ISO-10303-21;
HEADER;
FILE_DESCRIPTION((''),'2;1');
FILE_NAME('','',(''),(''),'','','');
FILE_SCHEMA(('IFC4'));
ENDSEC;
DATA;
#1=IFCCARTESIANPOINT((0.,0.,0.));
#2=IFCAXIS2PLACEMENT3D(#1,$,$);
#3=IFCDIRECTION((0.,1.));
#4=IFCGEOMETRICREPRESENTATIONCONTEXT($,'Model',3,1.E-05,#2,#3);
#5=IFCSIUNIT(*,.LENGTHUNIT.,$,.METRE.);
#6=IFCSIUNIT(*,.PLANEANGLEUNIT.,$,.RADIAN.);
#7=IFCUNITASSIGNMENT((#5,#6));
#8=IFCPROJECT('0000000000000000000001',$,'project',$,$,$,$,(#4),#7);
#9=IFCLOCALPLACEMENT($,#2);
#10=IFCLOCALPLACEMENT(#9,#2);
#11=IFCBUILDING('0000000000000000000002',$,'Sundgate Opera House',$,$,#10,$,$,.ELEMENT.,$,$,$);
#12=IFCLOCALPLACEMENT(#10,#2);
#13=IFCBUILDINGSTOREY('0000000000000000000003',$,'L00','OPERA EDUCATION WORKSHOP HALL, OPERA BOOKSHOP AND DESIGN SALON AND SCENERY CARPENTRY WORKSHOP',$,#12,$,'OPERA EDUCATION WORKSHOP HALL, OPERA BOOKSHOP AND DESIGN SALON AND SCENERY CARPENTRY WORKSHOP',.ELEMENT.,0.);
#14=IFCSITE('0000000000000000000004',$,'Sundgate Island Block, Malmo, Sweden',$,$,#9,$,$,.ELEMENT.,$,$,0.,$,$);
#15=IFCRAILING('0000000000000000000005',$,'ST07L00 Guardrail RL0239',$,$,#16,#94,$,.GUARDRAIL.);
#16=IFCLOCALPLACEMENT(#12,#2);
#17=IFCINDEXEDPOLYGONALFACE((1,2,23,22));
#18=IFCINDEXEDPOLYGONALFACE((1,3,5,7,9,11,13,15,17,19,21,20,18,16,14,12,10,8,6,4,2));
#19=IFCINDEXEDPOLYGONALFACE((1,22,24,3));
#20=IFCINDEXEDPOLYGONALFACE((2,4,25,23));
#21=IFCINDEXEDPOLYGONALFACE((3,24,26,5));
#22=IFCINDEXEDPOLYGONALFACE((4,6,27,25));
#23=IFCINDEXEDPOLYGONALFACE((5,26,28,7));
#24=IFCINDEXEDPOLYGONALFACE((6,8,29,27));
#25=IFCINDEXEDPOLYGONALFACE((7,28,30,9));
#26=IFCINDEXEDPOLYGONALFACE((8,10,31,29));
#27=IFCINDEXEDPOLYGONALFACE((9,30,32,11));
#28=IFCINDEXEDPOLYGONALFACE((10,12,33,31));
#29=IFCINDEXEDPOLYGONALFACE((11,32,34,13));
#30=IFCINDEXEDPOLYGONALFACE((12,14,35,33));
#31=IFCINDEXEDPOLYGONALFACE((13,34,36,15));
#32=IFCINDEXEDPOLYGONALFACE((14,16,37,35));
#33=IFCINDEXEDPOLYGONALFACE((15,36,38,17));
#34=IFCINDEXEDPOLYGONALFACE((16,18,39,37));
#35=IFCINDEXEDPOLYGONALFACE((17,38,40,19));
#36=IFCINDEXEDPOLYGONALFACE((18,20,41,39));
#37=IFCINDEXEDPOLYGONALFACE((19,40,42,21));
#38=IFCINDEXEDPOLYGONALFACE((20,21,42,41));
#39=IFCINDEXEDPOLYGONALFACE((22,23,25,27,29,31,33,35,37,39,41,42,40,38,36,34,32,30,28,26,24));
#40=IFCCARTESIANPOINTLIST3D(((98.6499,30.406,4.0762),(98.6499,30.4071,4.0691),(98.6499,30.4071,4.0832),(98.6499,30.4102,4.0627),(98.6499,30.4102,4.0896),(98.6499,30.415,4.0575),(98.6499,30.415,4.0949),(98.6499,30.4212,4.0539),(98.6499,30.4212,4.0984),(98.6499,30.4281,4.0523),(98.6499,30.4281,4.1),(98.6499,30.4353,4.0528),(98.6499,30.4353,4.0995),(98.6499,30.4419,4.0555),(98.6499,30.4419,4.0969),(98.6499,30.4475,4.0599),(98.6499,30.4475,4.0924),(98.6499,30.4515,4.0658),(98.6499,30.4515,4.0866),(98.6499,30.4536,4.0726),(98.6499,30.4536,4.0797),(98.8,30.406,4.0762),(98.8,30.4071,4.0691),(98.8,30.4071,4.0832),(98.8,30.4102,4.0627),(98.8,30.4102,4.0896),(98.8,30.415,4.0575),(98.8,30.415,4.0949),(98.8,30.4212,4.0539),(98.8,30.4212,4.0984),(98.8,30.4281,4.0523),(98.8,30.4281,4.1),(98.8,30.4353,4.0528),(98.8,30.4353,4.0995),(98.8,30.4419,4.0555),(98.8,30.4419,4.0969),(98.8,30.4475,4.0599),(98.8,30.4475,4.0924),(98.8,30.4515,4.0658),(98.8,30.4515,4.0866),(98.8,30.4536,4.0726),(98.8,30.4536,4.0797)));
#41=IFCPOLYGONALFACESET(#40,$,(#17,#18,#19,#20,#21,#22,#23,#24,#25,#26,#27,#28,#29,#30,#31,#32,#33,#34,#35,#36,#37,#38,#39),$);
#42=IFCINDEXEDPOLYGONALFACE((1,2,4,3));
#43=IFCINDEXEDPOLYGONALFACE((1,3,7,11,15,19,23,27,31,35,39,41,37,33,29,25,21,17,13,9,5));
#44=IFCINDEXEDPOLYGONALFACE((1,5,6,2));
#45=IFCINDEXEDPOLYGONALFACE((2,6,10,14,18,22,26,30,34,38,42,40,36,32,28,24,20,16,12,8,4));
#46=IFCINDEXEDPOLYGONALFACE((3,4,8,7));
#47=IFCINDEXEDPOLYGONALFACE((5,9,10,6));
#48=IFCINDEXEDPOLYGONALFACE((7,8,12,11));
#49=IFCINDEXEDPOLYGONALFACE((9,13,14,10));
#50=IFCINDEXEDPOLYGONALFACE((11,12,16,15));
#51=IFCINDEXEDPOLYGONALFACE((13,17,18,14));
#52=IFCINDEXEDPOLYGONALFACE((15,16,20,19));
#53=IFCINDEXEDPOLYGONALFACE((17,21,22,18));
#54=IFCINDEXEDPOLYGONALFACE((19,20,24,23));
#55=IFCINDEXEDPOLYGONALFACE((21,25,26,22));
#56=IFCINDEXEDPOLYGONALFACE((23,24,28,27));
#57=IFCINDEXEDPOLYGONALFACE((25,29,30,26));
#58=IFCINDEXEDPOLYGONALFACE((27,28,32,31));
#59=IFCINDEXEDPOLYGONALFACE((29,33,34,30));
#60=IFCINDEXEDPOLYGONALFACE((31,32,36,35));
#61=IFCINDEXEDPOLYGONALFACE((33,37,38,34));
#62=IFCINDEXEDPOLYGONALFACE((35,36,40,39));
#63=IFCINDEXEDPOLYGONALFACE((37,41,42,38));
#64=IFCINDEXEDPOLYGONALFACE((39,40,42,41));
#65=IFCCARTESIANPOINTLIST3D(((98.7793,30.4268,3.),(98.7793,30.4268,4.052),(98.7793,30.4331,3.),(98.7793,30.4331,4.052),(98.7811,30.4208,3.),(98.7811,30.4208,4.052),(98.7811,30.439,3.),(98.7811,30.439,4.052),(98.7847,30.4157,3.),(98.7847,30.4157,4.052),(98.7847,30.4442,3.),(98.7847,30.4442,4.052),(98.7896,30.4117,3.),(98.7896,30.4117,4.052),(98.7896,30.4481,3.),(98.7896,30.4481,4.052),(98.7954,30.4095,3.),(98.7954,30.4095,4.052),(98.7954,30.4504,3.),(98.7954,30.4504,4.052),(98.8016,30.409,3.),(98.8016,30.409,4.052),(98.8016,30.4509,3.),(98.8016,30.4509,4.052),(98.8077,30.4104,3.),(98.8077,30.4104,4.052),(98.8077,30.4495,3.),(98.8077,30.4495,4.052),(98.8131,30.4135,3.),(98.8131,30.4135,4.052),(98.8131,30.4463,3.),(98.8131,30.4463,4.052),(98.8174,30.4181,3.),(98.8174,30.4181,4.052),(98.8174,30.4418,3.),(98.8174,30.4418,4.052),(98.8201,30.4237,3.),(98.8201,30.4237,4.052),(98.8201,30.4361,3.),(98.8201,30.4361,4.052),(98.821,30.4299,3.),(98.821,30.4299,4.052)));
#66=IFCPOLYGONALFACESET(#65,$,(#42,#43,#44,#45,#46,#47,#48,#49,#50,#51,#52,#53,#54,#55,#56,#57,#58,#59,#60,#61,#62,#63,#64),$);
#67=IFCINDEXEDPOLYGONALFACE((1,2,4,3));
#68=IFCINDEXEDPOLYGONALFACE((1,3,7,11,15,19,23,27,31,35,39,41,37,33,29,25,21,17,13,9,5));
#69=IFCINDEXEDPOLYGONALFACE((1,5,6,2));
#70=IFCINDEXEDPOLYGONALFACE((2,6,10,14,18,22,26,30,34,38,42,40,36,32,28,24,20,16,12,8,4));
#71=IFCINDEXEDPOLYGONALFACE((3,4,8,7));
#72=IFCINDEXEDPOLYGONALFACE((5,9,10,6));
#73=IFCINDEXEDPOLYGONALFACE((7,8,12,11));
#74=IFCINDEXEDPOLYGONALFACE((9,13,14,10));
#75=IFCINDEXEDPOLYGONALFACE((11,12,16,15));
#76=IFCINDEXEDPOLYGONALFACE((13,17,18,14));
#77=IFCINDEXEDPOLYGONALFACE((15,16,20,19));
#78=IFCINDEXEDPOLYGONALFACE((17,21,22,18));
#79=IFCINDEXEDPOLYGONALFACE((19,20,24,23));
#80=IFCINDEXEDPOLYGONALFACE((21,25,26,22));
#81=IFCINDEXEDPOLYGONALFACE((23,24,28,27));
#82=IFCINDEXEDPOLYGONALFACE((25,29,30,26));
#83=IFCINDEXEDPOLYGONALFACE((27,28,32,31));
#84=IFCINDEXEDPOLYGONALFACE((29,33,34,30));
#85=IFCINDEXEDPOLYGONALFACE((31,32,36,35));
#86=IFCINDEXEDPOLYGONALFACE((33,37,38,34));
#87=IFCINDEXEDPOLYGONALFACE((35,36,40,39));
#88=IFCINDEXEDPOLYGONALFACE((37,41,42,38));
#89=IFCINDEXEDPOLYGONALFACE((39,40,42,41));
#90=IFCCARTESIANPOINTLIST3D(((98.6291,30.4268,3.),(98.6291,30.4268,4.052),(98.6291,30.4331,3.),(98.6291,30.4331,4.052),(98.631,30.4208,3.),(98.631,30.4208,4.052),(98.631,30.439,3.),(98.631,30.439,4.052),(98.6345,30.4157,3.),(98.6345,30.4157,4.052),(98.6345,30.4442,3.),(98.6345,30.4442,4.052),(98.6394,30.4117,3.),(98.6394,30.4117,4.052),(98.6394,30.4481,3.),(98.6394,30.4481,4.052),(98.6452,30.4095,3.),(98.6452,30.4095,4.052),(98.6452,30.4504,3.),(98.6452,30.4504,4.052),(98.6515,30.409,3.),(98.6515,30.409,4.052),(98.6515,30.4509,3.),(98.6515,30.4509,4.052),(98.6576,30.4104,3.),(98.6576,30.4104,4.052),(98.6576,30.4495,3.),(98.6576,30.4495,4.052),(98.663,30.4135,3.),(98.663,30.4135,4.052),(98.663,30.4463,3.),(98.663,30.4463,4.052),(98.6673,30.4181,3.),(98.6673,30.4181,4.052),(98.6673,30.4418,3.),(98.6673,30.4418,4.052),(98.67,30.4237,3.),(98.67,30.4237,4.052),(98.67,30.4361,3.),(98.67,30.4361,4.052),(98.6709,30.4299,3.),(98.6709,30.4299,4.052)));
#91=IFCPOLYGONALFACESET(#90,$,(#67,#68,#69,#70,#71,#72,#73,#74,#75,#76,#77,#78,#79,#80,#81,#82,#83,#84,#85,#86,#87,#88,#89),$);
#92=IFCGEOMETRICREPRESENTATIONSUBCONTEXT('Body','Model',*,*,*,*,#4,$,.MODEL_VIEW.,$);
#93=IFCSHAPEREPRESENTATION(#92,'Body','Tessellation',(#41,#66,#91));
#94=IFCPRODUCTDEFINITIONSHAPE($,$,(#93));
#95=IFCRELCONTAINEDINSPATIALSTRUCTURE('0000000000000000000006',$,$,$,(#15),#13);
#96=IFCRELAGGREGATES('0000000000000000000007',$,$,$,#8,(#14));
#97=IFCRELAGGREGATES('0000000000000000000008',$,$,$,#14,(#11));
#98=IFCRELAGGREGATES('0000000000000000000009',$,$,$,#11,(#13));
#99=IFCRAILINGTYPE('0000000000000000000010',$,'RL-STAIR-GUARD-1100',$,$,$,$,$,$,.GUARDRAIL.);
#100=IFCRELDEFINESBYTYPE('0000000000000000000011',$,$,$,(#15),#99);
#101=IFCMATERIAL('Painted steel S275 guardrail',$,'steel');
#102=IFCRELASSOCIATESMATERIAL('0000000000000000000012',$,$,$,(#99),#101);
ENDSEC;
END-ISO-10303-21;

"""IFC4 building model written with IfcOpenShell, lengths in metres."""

from ifc_helpers import new_model, si_unit, direction, frame, origin, origin_2d, place, context, subcontext, project, spatial, circle, extrude, material, type_object, element, save


model = new_model("IFC4")

# Units and contexts
model_context = context("Model", 3, precision=1e-05, world=origin(), true_north=direction((0.0, 1.0)))
body_context = subcontext(model_context, "Body", "Model", "MODEL_VIEW")
ifc_project = project(units=[si_unit("LENGTHUNIT", "METRE"), si_unit("PLANEANGLEUNIT", "RADIAN")], contexts=[model_context])

# Site, building, storey
site_placement = place(None, origin())
site = spatial("IfcSite", under=ifc_project, at=site_placement, Name="Sundgate Island Block, Malmo, Sweden", CompositionType="ELEMENT", RefElevation=0.0)
building_placement = place(site_placement, origin())
building = spatial("IfcBuilding", under=site, at=building_placement, Name="Sundgate Opera House", CompositionType="ELEMENT")
storey_placement = place(building_placement, origin())
storey = spatial("IfcBuildingStorey", under=building, at=storey_placement, Name="L00", Description="OPERA EDUCATION WORKSHOP HALL, OPERA BOOKSHOP AND DESIGN SALON AND SCENERY CARPENTRY WORKSHOP", LongName="OPERA EDUCATION WORKSHOP HALL, OPERA BOOKSHOP AND DESIGN SALON AND SCENERY CARPENTRY WORKSHOP", CompositionType="ELEMENT", Elevation=0.0)

# Railing
ifc_material_1 = material(Name="Painted steel S275 guardrail", Category="steel")
railing_type_1 = type_object("IfcRailingType", Name="RL-STAIR-GUARD-1100", PredefinedType="GUARDRAIL", material=ifc_material_1)
railing_1_placement = place(storey_placement, frame((98.8, 30.4299, 3.0)))
element("IfcRailing", 1, at=railing_1_placement, inside=storey, type_object=railing_type_1, Name="ST07L00 Guardrail RL0239", PredefinedType="GUARDRAIL", context=body_context, shape_type="SweptSolid", body=[
    extrude(circle(Radius=0.0239, at=origin_2d()), frame((0.0, 0.0, 1.0762), z_axis=(-1.0, 0.0, 0.0), x_axis=(0.0, -1.0, 0.0)), (0.0, 0.0, 1.0), 0.1501),
    extrude(circle(Radius=0.021, at=origin_2d()), origin(), (0.0, 0.0, 1.0), 1.052),
    extrude(circle(Radius=0.021, at=origin_2d()), frame((-0.1501, 0.0, 0.0)), (0.0, 0.0, 1.0), 1.052),
])

save(model, "model.ifc")
